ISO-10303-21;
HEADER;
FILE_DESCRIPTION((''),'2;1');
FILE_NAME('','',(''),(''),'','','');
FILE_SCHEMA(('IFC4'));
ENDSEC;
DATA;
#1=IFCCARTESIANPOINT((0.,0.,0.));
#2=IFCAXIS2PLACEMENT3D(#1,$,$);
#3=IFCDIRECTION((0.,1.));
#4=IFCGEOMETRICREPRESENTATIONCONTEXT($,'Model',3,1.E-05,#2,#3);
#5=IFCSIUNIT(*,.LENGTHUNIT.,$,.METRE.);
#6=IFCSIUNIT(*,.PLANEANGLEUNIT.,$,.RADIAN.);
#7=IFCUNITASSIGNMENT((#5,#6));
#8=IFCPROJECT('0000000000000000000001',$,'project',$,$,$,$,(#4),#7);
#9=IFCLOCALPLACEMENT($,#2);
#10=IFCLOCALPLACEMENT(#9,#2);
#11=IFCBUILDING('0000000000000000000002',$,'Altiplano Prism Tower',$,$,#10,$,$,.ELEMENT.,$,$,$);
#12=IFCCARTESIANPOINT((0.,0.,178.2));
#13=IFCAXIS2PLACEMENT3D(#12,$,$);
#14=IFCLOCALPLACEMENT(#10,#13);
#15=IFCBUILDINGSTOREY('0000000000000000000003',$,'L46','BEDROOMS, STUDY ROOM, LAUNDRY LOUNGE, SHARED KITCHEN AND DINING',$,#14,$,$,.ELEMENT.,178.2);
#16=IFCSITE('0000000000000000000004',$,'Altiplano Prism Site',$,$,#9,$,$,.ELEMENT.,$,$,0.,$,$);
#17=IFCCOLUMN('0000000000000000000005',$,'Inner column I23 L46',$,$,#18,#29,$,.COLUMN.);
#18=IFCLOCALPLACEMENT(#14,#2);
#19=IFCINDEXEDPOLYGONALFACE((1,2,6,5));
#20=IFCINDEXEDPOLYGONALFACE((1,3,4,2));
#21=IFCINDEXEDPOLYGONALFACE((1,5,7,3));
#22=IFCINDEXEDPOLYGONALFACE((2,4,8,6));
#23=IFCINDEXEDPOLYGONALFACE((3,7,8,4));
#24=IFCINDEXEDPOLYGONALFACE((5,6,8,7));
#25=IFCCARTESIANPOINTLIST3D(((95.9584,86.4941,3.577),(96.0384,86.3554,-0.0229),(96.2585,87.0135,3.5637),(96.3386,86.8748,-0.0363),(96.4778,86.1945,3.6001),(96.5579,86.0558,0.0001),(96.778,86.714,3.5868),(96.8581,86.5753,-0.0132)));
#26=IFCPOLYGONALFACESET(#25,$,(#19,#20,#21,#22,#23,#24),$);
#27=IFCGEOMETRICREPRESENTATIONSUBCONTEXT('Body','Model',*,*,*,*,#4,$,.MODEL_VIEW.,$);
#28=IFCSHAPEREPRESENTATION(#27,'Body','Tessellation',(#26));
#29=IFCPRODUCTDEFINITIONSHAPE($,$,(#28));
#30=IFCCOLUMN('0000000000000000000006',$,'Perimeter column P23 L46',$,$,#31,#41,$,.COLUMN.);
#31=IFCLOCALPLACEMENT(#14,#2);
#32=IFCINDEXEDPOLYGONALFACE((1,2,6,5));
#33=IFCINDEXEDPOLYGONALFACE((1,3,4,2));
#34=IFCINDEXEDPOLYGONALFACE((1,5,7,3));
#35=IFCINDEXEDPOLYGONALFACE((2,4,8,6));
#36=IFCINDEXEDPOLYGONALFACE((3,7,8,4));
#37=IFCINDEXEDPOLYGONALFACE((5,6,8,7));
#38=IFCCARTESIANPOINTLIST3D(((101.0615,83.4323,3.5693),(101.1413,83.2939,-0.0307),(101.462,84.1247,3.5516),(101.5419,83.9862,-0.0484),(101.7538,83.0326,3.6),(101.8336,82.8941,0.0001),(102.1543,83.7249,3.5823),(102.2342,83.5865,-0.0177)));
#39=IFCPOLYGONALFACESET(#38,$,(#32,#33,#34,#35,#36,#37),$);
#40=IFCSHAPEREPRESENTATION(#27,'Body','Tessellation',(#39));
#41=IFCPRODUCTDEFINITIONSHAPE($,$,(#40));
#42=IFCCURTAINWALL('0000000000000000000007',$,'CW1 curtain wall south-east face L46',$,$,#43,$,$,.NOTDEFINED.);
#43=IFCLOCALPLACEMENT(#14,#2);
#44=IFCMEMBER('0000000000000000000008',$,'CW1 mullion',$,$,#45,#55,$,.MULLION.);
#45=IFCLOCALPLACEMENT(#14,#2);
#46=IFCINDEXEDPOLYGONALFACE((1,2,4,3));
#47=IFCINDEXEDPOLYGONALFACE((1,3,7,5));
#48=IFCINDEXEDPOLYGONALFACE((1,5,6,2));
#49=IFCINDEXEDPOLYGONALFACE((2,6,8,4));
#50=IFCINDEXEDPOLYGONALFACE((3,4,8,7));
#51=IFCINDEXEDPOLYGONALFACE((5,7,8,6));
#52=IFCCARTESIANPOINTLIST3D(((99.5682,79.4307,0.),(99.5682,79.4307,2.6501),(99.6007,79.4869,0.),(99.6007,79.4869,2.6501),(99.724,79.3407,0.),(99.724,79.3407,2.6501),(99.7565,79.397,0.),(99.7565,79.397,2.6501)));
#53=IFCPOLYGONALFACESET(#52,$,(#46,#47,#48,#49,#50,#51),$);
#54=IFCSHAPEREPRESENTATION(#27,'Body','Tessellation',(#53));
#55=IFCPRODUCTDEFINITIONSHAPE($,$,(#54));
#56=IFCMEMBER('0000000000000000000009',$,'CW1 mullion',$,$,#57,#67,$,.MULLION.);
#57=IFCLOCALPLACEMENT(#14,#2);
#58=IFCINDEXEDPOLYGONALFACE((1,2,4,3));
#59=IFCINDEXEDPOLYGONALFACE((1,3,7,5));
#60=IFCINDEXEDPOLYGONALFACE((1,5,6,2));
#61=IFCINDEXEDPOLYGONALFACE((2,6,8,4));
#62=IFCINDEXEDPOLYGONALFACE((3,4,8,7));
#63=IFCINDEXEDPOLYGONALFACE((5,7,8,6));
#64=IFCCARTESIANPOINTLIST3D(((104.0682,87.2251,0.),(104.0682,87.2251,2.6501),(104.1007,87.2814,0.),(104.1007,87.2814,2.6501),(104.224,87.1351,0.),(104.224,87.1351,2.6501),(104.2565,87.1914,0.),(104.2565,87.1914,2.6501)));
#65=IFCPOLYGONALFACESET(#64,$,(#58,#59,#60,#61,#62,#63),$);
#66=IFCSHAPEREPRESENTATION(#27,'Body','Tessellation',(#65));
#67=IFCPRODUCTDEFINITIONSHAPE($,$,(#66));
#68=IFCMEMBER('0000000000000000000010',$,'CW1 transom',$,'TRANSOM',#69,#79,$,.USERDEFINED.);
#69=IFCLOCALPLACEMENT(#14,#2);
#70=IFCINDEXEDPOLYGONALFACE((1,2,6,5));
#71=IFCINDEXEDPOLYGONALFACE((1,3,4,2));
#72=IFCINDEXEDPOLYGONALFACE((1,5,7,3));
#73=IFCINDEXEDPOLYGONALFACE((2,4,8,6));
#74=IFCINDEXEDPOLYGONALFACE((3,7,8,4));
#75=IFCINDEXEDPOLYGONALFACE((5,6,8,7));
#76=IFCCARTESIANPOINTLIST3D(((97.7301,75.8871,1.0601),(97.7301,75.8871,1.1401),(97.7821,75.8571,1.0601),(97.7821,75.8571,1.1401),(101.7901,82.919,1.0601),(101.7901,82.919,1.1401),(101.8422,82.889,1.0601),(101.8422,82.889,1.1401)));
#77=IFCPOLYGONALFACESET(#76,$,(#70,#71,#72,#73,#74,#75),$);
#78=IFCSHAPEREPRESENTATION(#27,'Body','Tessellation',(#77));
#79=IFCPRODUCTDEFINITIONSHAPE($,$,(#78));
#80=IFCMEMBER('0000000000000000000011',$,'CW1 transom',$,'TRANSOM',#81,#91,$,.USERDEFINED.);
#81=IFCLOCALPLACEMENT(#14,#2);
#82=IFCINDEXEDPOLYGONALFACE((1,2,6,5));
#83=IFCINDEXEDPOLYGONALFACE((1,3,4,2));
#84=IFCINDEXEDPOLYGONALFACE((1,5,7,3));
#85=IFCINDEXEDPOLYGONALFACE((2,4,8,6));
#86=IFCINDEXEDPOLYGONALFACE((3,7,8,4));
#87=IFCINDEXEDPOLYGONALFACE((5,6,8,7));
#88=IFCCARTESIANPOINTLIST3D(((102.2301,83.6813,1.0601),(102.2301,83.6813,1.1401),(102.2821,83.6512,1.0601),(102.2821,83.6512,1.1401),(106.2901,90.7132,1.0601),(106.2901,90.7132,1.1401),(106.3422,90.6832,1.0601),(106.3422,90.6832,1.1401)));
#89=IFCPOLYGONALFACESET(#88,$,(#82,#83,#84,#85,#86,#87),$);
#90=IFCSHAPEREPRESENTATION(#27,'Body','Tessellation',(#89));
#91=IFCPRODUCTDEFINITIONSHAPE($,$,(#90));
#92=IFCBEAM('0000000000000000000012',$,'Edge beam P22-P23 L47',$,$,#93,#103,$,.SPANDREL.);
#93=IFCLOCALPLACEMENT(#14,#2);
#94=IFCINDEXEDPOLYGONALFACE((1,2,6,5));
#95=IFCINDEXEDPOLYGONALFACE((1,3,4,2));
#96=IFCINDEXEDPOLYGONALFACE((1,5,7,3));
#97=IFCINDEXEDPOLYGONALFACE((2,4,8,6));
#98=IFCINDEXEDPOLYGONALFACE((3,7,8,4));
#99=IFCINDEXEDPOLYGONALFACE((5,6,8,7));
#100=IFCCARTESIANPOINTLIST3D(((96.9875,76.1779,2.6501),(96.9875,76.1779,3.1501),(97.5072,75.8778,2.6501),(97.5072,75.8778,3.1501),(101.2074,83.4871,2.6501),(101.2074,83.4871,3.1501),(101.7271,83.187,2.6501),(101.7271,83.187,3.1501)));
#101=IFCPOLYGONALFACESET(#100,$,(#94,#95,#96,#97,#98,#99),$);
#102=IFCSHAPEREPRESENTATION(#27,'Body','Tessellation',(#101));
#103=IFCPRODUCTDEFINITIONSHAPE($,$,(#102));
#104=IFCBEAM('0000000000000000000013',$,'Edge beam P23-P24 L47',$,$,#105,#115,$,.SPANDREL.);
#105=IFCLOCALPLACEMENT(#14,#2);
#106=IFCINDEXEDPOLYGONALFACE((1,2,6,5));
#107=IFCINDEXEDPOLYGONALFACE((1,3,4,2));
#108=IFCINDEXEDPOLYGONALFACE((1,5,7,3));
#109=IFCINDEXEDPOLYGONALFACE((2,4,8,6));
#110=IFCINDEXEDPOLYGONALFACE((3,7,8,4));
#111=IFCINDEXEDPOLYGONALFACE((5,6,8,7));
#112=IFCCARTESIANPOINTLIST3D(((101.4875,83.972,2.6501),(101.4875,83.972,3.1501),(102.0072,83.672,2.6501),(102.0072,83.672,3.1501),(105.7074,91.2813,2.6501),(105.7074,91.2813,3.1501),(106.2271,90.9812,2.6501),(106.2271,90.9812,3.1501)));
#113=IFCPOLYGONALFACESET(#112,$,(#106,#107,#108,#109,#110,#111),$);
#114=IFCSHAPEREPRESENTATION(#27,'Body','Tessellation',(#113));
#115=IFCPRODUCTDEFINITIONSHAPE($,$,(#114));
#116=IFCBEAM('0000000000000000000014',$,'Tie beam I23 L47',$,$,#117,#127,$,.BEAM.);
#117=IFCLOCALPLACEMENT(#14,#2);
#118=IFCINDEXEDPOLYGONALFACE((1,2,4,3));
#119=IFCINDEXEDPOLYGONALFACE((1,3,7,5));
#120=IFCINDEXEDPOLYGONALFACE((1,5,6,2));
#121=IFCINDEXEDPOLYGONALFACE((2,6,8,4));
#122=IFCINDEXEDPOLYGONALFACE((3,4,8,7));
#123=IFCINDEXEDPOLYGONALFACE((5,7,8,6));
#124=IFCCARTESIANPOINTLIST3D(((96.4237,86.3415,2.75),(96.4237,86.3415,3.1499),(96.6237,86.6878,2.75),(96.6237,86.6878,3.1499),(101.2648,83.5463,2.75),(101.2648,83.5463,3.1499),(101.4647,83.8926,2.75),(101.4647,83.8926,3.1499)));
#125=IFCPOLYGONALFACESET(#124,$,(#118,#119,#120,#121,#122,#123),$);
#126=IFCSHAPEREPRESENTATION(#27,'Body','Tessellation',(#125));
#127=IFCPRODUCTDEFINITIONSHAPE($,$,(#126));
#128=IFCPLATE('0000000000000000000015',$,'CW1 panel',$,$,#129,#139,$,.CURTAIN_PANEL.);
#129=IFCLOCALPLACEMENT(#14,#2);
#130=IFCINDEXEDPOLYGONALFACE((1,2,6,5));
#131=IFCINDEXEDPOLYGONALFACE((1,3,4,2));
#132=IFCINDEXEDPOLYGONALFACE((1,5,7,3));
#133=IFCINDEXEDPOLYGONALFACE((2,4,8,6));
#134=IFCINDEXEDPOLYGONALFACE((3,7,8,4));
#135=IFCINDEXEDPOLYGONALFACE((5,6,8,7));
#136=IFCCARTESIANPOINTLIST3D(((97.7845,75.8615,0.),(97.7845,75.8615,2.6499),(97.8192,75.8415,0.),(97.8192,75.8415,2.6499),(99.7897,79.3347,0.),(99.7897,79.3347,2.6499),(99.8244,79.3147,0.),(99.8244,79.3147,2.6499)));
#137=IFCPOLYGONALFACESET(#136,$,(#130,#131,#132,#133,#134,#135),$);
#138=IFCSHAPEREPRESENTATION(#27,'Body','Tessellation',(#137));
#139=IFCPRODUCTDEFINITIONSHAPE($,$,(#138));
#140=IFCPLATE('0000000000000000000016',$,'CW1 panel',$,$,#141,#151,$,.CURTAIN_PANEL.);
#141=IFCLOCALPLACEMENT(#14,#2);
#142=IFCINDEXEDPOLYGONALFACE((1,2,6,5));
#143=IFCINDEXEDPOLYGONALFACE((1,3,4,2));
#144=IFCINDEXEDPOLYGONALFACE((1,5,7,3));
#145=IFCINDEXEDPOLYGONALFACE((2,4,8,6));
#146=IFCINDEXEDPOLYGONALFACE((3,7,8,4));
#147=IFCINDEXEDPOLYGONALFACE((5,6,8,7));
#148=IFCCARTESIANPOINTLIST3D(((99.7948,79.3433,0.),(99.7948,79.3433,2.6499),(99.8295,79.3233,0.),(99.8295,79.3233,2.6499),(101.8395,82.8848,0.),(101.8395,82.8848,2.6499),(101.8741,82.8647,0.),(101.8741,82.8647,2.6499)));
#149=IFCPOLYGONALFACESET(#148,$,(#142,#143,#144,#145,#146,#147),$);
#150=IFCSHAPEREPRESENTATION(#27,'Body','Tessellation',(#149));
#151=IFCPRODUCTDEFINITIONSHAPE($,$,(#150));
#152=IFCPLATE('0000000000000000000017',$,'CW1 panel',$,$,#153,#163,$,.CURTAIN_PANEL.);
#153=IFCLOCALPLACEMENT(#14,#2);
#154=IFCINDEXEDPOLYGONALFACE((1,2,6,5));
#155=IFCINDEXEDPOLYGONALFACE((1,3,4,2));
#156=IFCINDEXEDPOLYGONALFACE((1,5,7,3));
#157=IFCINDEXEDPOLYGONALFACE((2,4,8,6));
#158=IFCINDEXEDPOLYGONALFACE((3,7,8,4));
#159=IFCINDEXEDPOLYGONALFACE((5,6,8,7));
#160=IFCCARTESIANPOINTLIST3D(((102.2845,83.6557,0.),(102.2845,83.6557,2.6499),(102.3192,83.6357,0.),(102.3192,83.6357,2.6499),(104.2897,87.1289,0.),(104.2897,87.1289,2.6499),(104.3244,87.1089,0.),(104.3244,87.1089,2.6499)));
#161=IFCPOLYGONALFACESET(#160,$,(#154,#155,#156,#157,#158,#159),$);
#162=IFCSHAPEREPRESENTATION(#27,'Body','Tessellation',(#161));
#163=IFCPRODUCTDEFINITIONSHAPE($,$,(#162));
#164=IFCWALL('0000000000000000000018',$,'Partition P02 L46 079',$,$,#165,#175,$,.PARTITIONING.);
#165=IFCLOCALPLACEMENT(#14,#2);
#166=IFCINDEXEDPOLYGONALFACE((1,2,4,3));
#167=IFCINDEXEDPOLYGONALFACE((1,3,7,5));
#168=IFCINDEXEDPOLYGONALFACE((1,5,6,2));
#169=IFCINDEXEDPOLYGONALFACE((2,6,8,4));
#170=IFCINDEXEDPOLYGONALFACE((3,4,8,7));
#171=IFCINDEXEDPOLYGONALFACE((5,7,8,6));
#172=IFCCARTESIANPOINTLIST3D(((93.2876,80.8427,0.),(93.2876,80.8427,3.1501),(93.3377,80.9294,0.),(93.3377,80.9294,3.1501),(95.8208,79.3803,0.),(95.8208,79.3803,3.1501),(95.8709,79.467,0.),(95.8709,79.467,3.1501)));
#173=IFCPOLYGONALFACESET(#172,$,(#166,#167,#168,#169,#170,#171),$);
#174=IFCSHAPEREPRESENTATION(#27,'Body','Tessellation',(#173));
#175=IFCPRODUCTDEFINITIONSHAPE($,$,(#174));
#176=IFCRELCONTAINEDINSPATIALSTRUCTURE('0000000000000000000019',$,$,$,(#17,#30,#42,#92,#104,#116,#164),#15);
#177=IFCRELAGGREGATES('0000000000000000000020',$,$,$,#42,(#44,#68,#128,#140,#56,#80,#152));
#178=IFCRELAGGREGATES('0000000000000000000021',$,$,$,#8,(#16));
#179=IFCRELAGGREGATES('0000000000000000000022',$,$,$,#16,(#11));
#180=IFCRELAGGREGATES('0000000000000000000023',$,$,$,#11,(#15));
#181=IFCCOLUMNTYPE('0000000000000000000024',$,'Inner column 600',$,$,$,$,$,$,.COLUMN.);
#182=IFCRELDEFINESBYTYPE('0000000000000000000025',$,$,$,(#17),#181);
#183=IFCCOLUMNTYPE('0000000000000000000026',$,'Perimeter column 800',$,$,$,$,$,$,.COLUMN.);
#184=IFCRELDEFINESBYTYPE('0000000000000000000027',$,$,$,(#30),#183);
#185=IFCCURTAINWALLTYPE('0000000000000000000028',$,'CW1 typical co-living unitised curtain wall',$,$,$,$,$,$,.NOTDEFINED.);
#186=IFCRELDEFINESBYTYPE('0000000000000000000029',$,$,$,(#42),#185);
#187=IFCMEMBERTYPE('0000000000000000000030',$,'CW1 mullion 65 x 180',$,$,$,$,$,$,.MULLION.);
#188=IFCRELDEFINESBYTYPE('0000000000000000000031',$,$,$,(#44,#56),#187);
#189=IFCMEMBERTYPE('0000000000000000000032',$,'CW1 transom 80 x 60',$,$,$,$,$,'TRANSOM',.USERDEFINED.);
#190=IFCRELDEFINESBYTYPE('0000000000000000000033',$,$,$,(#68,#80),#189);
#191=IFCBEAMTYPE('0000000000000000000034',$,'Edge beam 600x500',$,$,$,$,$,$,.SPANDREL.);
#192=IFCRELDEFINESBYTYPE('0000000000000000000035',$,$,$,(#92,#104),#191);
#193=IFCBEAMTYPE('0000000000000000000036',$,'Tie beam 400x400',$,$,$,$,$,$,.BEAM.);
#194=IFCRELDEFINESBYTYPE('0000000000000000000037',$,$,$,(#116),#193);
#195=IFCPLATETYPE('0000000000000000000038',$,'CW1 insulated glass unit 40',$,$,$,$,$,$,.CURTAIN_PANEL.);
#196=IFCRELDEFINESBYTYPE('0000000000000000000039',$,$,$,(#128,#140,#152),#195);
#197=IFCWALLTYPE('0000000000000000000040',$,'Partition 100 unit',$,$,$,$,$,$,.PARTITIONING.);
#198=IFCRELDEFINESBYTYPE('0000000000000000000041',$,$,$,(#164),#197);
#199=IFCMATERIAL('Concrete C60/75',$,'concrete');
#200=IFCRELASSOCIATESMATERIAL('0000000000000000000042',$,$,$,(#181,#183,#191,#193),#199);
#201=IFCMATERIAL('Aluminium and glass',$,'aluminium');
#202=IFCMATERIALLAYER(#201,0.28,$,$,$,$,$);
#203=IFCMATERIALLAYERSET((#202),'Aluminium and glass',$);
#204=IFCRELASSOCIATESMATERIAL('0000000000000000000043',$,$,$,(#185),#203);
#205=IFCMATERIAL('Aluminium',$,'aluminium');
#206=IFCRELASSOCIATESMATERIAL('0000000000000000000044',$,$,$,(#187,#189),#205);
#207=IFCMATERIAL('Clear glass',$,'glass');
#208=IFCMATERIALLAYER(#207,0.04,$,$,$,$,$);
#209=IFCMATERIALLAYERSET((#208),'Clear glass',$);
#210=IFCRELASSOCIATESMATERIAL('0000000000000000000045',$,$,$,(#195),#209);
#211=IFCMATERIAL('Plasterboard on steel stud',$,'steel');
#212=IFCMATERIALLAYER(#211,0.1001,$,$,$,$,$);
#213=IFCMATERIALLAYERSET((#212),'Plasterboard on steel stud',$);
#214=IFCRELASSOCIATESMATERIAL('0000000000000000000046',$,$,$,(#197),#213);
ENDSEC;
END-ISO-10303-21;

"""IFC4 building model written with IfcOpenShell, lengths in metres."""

from ifc_helpers import new_model, si_unit, direction, frame, frame_2d, origin, origin_2d, place, context, subcontext, project, spatial, rectangle, extrude, material, layer, layer_set, material_profile, profile_set, type_object, element, aggregate, save


model = new_model("IFC4")

# Units and contexts
model_context = context("Model", 3, precision=1e-05, world=origin(), true_north=direction((0.0, 1.0)))
body_context = subcontext(model_context, "Body", "Model", "MODEL_VIEW")
ifc_project = project(units=[si_unit("LENGTHUNIT", "METRE"), si_unit("PLANEANGLEUNIT", "RADIAN")], contexts=[model_context])

# Site, building, storey
site_placement = place(None, origin())
site = spatial("IfcSite", under=ifc_project, at=site_placement, Name="Altiplano Prism Site", CompositionType="ELEMENT", RefElevation=0.0)
building_placement = place(site_placement, origin())
building = spatial("IfcBuilding", under=site, at=building_placement, Name="Altiplano Prism Tower", CompositionType="ELEMENT")
storey_placement = place(building_placement, frame((0.0, 0.0, 178.2)))
storey = spatial("IfcBuildingStorey", under=building, at=storey_placement, Name="L46", Description="BEDROOMS, STUDY ROOM, LAUNDRY LOUNGE, SHARED KITCHEN AND DINING", CompositionType="ELEMENT", Elevation=178.2)

# Columns
ifc_material_1 = material(Name="Concrete C60/75", Category="concrete")
ifc_material_profile_1 = material_profile(ifc_material_1, rectangle(XDim=0.6001, YDim=0.6001, at=origin_2d()), Name="Inner column 600")
ifc_profile_set_1 = profile_set([ifc_material_profile_1], Name="Concrete C60/75")
column_type_1 = type_object("IfcColumnType", Name="Inner column 600", PredefinedType="COLUMN", material=ifc_profile_set_1)
column_1_placement = place(storey_placement, frame((96.4482, 86.4653, -0.0181), z_axis=(-0.022223, 0.038483, 0.999012), x_axis=(-0.500175, -0.865639, 0.022219)))
element("IfcColumn", 1, at=column_1_placement, inside=storey, type_object=column_type_1, Name="Inner column I23 L46", PredefinedType="COLUMN", context=body_context, shape_type="SweptSolid", body=[
    extrude(rectangle(XDim=0.6001, YDim=0.6001, at=origin_2d()), origin(), (0.0, 0.0, 1.0), 3.6035),
])
ifc_material_profile_2 = material_profile(ifc_material_1, rectangle(XDim=0.8, YDim=0.8, at=origin_2d()), Name="Perimeter column 800")
ifc_profile_set_2 = profile_set([ifc_material_profile_2], Name="Concrete C60/75")
column_type_2 = type_object("IfcColumnType", Name="Perimeter column 800", PredefinedType="COLUMN", material=ifc_profile_set_2)
column_2_placement = place(storey_placement, frame((101.6877, 83.4402, -0.0242), z_axis=(-0.022155, 0.038416, 0.999016), x_axis=(-0.500657, -0.865361, 0.022173)))
element("IfcColumn", 2, at=column_2_placement, inside=storey, type_object=column_type_2, Name="Perimeter column P23 L46", PredefinedType="COLUMN", context=body_context, shape_type="SweptSolid", body=[
    extrude(rectangle(XDim=0.8, YDim=0.8, at=origin_2d()), origin(), (0.0, 0.0, 1.0), 3.6035),
])

# Curtain wall, members
ifc_material_2 = material(Name="Aluminium and glass", Category="aluminium")
ifc_layer_1 = layer(ifc_material_2, 0.28)
ifc_layer_set_1 = layer_set([ifc_layer_1], Name="Aluminium and glass")
curtain_wall_type = type_object("IfcCurtainWallType", Name="CW1 typical co-living unitised curtain wall", PredefinedType="NOTDEFINED", material=ifc_layer_set_1)
curtain_wall_placement = place(storey_placement, origin())
curtain_wall = element("IfcCurtainWall", 3, at=curtain_wall_placement, inside=storey, type_object=curtain_wall_type, Name="CW1 curtain wall south-east face L46", PredefinedType="NOTDEFINED")
ifc_material_3 = material(Name="Aluminium", Category="aluminium")
ifc_material_profile_3 = material_profile(ifc_material_3, rectangle(XDim=0.1799, YDim=0.0649, at=origin_2d()), Name="CW1 mullion 65 x 180")
ifc_profile_set_3 = profile_set([ifc_material_profile_3], Name="Aluminium")
member_type_1 = type_object("IfcMemberType", Name="CW1 mullion 65 x 180", PredefinedType="MULLION", material=ifc_profile_set_3)
member_1_placement = place(storey_placement, frame((99.6624, 79.4138, 0.0), z_axis=(0.0, 0.0, 1.0), x_axis=(-0.866025, 0.5, 0.0)))
member_1 = element("IfcMember", 4, at=member_1_placement, type_object=member_type_1, Name="CW1 mullion", PredefinedType="MULLION", context=body_context, shape_type="SweptSolid", body=[
    extrude(rectangle(XDim=0.1799, YDim=0.0649, at=origin_2d()), origin(), (0.0, 0.0, 1.0), 2.6501),
])
member_2_placement = place(storey_placement, frame((104.1624, 87.2083, 0.0), z_axis=(0.0, 0.0, 1.0), x_axis=(-0.866025, 0.5, 0.0)))
member_2 = element("IfcMember", 5, at=member_2_placement, type_object=member_type_1, Name="CW1 mullion", PredefinedType="MULLION", context=body_context, shape_type="SweptSolid", body=[
    extrude(rectangle(XDim=0.1799, YDim=0.0649, at=origin_2d()), origin(), (0.0, 0.0, 1.0), 2.6501),
])
ifc_material_profile_4 = material_profile(ifc_material_3, rectangle(XDim=0.0601, YDim=0.0801, at=origin_2d()), Name="CW1 transom 80 x 60")
ifc_profile_set_4 = profile_set([ifc_material_profile_4], Name="Aluminium")
member_type_2 = type_object("IfcMemberType", Name="CW1 transom 80 x 60", ElementType="TRANSOM", PredefinedType="USERDEFINED", material=ifc_profile_set_4)
member_3_placement = place(storey_placement, frame((97.7561, 75.8721, 1.1001), z_axis=(0.500013, 0.866018, 0.0), x_axis=(-0.866018, 0.500013, 0.0)))
member_3 = element("IfcMember", 6, at=member_3_placement, type_object=member_type_2, Name="CW1 transom", ObjectType="TRANSOM", PredefinedType="USERDEFINED", context=body_context, shape_type="SweptSolid", body=[
    extrude(rectangle(XDim=0.0601, YDim=0.0801, at=origin_2d()), origin(), (0.0, 0.0, 1.0), 8.1199),
])
member_4_placement = place(storey_placement, frame((102.2561, 83.6663, 1.1001), z_axis=(0.500013, 0.866018, 0.0), x_axis=(-0.866018, 0.500013, 0.0)))
member_4 = element("IfcMember", 7, at=member_4_placement, type_object=member_type_2, Name="CW1 transom", ObjectType="TRANSOM", PredefinedType="USERDEFINED", context=body_context, shape_type="SweptSolid", body=[
    extrude(rectangle(XDim=0.0601, YDim=0.0801, at=origin_2d()), origin(), (0.0, 0.0, 1.0), 8.1199),
])

# Beams
ifc_material_profile_5 = material_profile(ifc_material_1, rectangle(XDim=0.6001, YDim=0.5, at=origin_2d()), Name="Edge beam 600x500")
ifc_profile_set_5 = profile_set([ifc_material_profile_5], Name="Concrete C60/75")
beam_type_1 = type_object("IfcBeamType", Name="Edge beam 600x500", PredefinedType="SPANDREL", material=ifc_profile_set_5)
for number, where, z_axis, x_axis, name in (
    (8, (97.2473, 76.0278, 2.9001), (0.499994, 0.866029, 0.0), (-0.866029, 0.499994, 0.0), "Edge beam P22-P23 L47"),
    (9, (101.7473, 83.822, 2.9001), (0.499994, 0.866029, 0.0), (-0.866029, 0.499994, 0.0), "Edge beam P23-P24 L47"),
):
    element("IfcBeam", number, at=place(storey_placement, frame(where, z_axis=z_axis, x_axis=x_axis)), inside=storey, type_object=beam_type_1, Name=name, PredefinedType="SPANDREL", context=body_context, shape_type="SweptSolid", body=[
        extrude(rectangle(XDim=0.6001, YDim=0.5, at=origin_2d()), origin(), (0.0, 0.0, 1.0), 8.4399),
    ])
ifc_material_profile_6 = material_profile(ifc_material_1, rectangle(XDim=0.3999, YDim=0.3999, at=origin_2d()), Name="Tie beam 400x400")
ifc_profile_set_6 = profile_set([ifc_material_profile_6], Name="Concrete C60/75")
beam_type_2 = type_object("IfcBeamType", Name="Tie beam 400x400", PredefinedType="BEAM", material=ifc_profile_set_6)
beam_placement = place(storey_placement, frame((96.5237, 86.5146, 2.95), z_axis=(0.866012, -0.500024, 0.0), x_axis=(0.500024, 0.866012, 0.0)))
element("IfcBeam", 10, at=beam_placement, inside=storey, type_object=beam_type_2, Name="Tie beam I23 L47", PredefinedType="BEAM", context=body_context, shape_type="SweptSolid", body=[
    extrude(rectangle(XDim=0.3999, YDim=0.3999, at=origin_2d()), origin(), (0.0, 0.0, 1.0), 5.5901),
])

# Plates
ifc_material_4 = material(Name="Clear glass", Category="glass")
ifc_layer_2 = layer(ifc_material_4, 0.04)
ifc_layer_set_2 = layer_set([ifc_layer_2], Name="Clear glass")
plate_type = type_object("IfcPlateType", Name="CW1 insulated glass unit 40", PredefinedType="CURTAIN_PANEL", material=ifc_layer_set_2)
plate_1_placement = place(storey_placement, frame((98.8044, 77.5881, 0.0), z_axis=(0.0, 0.0, 1.0), x_axis=(0.5, 0.866025, 0.0)))
plate_1 = element("IfcPlate", 11, at=plate_1_placement, type_object=plate_type, Name="CW1 panel", PredefinedType="CURTAIN_PANEL", context=body_context, shape_type="SweptSolid", body=[
    extrude(rectangle(XDim=4.0105, YDim=0.04, at=origin_2d()), origin(), (0.0, 0.0, 1.0), 2.6499),
])
plate_2_placement = place(storey_placement, frame((100.8345, 81.104, 0.0), z_axis=(0.0, 0.0, 1.0), x_axis=(0.5, 0.866025, 0.0)))
plate_2 = element("IfcPlate", 12, at=plate_2_placement, type_object=plate_type, Name="CW1 panel", PredefinedType="CURTAIN_PANEL", context=body_context, shape_type="SweptSolid", body=[
    extrude(rectangle(XDim=4.0894, YDim=0.04, at=origin_2d()), origin(), (0.0, 0.0, 1.0), 2.6499),
])
plate_3_placement = place(storey_placement, frame((103.3044, 85.3823, 0.0), z_axis=(0.0, 0.0, 1.0), x_axis=(0.5, 0.866025, 0.0)))
plate_3 = element("IfcPlate", 13, at=plate_3_placement, type_object=plate_type, Name="CW1 panel", PredefinedType="CURTAIN_PANEL", context=body_context, shape_type="SweptSolid", body=[
    extrude(rectangle(XDim=4.0105, YDim=0.04, at=origin_2d()), origin(), (0.0, 0.0, 1.0), 2.6499),
])
aggregate(curtain_wall, [member_1, member_3, plate_1, plate_2, member_2, member_4, plate_3])

# Wall
ifc_material_5 = material(Name="Plasterboard on steel stud", Category="steel")
ifc_layer_3 = layer(ifc_material_5, 0.1001)
ifc_layer_set_3 = layer_set([ifc_layer_3], Name="Plasterboard on steel stud")
wall_type_1 = type_object("IfcWallType", Name="Partition 100 unit", PredefinedType="PARTITIONING", material=ifc_layer_set_3)
wall_1_placement = place(storey_placement, frame((93.3127, 80.886, 0.0), z_axis=(0.0, 0.0, 1.0), x_axis=(0.866047, -0.499963, 0.0)))
element("IfcWall", 14, at=wall_1_placement, inside=storey, type_object=wall_type_1, Name="Partition P02 L46 079", PredefinedType="PARTITIONING", context=body_context, shape_type="SweptSolid", body=[
    extrude(rectangle(XDim=2.925, YDim=0.1001, at=frame_2d((1.4624, 0.0))), origin(), (0.0, 0.0, 1.0), 3.1501),
])

save(model, "model.ifc")
